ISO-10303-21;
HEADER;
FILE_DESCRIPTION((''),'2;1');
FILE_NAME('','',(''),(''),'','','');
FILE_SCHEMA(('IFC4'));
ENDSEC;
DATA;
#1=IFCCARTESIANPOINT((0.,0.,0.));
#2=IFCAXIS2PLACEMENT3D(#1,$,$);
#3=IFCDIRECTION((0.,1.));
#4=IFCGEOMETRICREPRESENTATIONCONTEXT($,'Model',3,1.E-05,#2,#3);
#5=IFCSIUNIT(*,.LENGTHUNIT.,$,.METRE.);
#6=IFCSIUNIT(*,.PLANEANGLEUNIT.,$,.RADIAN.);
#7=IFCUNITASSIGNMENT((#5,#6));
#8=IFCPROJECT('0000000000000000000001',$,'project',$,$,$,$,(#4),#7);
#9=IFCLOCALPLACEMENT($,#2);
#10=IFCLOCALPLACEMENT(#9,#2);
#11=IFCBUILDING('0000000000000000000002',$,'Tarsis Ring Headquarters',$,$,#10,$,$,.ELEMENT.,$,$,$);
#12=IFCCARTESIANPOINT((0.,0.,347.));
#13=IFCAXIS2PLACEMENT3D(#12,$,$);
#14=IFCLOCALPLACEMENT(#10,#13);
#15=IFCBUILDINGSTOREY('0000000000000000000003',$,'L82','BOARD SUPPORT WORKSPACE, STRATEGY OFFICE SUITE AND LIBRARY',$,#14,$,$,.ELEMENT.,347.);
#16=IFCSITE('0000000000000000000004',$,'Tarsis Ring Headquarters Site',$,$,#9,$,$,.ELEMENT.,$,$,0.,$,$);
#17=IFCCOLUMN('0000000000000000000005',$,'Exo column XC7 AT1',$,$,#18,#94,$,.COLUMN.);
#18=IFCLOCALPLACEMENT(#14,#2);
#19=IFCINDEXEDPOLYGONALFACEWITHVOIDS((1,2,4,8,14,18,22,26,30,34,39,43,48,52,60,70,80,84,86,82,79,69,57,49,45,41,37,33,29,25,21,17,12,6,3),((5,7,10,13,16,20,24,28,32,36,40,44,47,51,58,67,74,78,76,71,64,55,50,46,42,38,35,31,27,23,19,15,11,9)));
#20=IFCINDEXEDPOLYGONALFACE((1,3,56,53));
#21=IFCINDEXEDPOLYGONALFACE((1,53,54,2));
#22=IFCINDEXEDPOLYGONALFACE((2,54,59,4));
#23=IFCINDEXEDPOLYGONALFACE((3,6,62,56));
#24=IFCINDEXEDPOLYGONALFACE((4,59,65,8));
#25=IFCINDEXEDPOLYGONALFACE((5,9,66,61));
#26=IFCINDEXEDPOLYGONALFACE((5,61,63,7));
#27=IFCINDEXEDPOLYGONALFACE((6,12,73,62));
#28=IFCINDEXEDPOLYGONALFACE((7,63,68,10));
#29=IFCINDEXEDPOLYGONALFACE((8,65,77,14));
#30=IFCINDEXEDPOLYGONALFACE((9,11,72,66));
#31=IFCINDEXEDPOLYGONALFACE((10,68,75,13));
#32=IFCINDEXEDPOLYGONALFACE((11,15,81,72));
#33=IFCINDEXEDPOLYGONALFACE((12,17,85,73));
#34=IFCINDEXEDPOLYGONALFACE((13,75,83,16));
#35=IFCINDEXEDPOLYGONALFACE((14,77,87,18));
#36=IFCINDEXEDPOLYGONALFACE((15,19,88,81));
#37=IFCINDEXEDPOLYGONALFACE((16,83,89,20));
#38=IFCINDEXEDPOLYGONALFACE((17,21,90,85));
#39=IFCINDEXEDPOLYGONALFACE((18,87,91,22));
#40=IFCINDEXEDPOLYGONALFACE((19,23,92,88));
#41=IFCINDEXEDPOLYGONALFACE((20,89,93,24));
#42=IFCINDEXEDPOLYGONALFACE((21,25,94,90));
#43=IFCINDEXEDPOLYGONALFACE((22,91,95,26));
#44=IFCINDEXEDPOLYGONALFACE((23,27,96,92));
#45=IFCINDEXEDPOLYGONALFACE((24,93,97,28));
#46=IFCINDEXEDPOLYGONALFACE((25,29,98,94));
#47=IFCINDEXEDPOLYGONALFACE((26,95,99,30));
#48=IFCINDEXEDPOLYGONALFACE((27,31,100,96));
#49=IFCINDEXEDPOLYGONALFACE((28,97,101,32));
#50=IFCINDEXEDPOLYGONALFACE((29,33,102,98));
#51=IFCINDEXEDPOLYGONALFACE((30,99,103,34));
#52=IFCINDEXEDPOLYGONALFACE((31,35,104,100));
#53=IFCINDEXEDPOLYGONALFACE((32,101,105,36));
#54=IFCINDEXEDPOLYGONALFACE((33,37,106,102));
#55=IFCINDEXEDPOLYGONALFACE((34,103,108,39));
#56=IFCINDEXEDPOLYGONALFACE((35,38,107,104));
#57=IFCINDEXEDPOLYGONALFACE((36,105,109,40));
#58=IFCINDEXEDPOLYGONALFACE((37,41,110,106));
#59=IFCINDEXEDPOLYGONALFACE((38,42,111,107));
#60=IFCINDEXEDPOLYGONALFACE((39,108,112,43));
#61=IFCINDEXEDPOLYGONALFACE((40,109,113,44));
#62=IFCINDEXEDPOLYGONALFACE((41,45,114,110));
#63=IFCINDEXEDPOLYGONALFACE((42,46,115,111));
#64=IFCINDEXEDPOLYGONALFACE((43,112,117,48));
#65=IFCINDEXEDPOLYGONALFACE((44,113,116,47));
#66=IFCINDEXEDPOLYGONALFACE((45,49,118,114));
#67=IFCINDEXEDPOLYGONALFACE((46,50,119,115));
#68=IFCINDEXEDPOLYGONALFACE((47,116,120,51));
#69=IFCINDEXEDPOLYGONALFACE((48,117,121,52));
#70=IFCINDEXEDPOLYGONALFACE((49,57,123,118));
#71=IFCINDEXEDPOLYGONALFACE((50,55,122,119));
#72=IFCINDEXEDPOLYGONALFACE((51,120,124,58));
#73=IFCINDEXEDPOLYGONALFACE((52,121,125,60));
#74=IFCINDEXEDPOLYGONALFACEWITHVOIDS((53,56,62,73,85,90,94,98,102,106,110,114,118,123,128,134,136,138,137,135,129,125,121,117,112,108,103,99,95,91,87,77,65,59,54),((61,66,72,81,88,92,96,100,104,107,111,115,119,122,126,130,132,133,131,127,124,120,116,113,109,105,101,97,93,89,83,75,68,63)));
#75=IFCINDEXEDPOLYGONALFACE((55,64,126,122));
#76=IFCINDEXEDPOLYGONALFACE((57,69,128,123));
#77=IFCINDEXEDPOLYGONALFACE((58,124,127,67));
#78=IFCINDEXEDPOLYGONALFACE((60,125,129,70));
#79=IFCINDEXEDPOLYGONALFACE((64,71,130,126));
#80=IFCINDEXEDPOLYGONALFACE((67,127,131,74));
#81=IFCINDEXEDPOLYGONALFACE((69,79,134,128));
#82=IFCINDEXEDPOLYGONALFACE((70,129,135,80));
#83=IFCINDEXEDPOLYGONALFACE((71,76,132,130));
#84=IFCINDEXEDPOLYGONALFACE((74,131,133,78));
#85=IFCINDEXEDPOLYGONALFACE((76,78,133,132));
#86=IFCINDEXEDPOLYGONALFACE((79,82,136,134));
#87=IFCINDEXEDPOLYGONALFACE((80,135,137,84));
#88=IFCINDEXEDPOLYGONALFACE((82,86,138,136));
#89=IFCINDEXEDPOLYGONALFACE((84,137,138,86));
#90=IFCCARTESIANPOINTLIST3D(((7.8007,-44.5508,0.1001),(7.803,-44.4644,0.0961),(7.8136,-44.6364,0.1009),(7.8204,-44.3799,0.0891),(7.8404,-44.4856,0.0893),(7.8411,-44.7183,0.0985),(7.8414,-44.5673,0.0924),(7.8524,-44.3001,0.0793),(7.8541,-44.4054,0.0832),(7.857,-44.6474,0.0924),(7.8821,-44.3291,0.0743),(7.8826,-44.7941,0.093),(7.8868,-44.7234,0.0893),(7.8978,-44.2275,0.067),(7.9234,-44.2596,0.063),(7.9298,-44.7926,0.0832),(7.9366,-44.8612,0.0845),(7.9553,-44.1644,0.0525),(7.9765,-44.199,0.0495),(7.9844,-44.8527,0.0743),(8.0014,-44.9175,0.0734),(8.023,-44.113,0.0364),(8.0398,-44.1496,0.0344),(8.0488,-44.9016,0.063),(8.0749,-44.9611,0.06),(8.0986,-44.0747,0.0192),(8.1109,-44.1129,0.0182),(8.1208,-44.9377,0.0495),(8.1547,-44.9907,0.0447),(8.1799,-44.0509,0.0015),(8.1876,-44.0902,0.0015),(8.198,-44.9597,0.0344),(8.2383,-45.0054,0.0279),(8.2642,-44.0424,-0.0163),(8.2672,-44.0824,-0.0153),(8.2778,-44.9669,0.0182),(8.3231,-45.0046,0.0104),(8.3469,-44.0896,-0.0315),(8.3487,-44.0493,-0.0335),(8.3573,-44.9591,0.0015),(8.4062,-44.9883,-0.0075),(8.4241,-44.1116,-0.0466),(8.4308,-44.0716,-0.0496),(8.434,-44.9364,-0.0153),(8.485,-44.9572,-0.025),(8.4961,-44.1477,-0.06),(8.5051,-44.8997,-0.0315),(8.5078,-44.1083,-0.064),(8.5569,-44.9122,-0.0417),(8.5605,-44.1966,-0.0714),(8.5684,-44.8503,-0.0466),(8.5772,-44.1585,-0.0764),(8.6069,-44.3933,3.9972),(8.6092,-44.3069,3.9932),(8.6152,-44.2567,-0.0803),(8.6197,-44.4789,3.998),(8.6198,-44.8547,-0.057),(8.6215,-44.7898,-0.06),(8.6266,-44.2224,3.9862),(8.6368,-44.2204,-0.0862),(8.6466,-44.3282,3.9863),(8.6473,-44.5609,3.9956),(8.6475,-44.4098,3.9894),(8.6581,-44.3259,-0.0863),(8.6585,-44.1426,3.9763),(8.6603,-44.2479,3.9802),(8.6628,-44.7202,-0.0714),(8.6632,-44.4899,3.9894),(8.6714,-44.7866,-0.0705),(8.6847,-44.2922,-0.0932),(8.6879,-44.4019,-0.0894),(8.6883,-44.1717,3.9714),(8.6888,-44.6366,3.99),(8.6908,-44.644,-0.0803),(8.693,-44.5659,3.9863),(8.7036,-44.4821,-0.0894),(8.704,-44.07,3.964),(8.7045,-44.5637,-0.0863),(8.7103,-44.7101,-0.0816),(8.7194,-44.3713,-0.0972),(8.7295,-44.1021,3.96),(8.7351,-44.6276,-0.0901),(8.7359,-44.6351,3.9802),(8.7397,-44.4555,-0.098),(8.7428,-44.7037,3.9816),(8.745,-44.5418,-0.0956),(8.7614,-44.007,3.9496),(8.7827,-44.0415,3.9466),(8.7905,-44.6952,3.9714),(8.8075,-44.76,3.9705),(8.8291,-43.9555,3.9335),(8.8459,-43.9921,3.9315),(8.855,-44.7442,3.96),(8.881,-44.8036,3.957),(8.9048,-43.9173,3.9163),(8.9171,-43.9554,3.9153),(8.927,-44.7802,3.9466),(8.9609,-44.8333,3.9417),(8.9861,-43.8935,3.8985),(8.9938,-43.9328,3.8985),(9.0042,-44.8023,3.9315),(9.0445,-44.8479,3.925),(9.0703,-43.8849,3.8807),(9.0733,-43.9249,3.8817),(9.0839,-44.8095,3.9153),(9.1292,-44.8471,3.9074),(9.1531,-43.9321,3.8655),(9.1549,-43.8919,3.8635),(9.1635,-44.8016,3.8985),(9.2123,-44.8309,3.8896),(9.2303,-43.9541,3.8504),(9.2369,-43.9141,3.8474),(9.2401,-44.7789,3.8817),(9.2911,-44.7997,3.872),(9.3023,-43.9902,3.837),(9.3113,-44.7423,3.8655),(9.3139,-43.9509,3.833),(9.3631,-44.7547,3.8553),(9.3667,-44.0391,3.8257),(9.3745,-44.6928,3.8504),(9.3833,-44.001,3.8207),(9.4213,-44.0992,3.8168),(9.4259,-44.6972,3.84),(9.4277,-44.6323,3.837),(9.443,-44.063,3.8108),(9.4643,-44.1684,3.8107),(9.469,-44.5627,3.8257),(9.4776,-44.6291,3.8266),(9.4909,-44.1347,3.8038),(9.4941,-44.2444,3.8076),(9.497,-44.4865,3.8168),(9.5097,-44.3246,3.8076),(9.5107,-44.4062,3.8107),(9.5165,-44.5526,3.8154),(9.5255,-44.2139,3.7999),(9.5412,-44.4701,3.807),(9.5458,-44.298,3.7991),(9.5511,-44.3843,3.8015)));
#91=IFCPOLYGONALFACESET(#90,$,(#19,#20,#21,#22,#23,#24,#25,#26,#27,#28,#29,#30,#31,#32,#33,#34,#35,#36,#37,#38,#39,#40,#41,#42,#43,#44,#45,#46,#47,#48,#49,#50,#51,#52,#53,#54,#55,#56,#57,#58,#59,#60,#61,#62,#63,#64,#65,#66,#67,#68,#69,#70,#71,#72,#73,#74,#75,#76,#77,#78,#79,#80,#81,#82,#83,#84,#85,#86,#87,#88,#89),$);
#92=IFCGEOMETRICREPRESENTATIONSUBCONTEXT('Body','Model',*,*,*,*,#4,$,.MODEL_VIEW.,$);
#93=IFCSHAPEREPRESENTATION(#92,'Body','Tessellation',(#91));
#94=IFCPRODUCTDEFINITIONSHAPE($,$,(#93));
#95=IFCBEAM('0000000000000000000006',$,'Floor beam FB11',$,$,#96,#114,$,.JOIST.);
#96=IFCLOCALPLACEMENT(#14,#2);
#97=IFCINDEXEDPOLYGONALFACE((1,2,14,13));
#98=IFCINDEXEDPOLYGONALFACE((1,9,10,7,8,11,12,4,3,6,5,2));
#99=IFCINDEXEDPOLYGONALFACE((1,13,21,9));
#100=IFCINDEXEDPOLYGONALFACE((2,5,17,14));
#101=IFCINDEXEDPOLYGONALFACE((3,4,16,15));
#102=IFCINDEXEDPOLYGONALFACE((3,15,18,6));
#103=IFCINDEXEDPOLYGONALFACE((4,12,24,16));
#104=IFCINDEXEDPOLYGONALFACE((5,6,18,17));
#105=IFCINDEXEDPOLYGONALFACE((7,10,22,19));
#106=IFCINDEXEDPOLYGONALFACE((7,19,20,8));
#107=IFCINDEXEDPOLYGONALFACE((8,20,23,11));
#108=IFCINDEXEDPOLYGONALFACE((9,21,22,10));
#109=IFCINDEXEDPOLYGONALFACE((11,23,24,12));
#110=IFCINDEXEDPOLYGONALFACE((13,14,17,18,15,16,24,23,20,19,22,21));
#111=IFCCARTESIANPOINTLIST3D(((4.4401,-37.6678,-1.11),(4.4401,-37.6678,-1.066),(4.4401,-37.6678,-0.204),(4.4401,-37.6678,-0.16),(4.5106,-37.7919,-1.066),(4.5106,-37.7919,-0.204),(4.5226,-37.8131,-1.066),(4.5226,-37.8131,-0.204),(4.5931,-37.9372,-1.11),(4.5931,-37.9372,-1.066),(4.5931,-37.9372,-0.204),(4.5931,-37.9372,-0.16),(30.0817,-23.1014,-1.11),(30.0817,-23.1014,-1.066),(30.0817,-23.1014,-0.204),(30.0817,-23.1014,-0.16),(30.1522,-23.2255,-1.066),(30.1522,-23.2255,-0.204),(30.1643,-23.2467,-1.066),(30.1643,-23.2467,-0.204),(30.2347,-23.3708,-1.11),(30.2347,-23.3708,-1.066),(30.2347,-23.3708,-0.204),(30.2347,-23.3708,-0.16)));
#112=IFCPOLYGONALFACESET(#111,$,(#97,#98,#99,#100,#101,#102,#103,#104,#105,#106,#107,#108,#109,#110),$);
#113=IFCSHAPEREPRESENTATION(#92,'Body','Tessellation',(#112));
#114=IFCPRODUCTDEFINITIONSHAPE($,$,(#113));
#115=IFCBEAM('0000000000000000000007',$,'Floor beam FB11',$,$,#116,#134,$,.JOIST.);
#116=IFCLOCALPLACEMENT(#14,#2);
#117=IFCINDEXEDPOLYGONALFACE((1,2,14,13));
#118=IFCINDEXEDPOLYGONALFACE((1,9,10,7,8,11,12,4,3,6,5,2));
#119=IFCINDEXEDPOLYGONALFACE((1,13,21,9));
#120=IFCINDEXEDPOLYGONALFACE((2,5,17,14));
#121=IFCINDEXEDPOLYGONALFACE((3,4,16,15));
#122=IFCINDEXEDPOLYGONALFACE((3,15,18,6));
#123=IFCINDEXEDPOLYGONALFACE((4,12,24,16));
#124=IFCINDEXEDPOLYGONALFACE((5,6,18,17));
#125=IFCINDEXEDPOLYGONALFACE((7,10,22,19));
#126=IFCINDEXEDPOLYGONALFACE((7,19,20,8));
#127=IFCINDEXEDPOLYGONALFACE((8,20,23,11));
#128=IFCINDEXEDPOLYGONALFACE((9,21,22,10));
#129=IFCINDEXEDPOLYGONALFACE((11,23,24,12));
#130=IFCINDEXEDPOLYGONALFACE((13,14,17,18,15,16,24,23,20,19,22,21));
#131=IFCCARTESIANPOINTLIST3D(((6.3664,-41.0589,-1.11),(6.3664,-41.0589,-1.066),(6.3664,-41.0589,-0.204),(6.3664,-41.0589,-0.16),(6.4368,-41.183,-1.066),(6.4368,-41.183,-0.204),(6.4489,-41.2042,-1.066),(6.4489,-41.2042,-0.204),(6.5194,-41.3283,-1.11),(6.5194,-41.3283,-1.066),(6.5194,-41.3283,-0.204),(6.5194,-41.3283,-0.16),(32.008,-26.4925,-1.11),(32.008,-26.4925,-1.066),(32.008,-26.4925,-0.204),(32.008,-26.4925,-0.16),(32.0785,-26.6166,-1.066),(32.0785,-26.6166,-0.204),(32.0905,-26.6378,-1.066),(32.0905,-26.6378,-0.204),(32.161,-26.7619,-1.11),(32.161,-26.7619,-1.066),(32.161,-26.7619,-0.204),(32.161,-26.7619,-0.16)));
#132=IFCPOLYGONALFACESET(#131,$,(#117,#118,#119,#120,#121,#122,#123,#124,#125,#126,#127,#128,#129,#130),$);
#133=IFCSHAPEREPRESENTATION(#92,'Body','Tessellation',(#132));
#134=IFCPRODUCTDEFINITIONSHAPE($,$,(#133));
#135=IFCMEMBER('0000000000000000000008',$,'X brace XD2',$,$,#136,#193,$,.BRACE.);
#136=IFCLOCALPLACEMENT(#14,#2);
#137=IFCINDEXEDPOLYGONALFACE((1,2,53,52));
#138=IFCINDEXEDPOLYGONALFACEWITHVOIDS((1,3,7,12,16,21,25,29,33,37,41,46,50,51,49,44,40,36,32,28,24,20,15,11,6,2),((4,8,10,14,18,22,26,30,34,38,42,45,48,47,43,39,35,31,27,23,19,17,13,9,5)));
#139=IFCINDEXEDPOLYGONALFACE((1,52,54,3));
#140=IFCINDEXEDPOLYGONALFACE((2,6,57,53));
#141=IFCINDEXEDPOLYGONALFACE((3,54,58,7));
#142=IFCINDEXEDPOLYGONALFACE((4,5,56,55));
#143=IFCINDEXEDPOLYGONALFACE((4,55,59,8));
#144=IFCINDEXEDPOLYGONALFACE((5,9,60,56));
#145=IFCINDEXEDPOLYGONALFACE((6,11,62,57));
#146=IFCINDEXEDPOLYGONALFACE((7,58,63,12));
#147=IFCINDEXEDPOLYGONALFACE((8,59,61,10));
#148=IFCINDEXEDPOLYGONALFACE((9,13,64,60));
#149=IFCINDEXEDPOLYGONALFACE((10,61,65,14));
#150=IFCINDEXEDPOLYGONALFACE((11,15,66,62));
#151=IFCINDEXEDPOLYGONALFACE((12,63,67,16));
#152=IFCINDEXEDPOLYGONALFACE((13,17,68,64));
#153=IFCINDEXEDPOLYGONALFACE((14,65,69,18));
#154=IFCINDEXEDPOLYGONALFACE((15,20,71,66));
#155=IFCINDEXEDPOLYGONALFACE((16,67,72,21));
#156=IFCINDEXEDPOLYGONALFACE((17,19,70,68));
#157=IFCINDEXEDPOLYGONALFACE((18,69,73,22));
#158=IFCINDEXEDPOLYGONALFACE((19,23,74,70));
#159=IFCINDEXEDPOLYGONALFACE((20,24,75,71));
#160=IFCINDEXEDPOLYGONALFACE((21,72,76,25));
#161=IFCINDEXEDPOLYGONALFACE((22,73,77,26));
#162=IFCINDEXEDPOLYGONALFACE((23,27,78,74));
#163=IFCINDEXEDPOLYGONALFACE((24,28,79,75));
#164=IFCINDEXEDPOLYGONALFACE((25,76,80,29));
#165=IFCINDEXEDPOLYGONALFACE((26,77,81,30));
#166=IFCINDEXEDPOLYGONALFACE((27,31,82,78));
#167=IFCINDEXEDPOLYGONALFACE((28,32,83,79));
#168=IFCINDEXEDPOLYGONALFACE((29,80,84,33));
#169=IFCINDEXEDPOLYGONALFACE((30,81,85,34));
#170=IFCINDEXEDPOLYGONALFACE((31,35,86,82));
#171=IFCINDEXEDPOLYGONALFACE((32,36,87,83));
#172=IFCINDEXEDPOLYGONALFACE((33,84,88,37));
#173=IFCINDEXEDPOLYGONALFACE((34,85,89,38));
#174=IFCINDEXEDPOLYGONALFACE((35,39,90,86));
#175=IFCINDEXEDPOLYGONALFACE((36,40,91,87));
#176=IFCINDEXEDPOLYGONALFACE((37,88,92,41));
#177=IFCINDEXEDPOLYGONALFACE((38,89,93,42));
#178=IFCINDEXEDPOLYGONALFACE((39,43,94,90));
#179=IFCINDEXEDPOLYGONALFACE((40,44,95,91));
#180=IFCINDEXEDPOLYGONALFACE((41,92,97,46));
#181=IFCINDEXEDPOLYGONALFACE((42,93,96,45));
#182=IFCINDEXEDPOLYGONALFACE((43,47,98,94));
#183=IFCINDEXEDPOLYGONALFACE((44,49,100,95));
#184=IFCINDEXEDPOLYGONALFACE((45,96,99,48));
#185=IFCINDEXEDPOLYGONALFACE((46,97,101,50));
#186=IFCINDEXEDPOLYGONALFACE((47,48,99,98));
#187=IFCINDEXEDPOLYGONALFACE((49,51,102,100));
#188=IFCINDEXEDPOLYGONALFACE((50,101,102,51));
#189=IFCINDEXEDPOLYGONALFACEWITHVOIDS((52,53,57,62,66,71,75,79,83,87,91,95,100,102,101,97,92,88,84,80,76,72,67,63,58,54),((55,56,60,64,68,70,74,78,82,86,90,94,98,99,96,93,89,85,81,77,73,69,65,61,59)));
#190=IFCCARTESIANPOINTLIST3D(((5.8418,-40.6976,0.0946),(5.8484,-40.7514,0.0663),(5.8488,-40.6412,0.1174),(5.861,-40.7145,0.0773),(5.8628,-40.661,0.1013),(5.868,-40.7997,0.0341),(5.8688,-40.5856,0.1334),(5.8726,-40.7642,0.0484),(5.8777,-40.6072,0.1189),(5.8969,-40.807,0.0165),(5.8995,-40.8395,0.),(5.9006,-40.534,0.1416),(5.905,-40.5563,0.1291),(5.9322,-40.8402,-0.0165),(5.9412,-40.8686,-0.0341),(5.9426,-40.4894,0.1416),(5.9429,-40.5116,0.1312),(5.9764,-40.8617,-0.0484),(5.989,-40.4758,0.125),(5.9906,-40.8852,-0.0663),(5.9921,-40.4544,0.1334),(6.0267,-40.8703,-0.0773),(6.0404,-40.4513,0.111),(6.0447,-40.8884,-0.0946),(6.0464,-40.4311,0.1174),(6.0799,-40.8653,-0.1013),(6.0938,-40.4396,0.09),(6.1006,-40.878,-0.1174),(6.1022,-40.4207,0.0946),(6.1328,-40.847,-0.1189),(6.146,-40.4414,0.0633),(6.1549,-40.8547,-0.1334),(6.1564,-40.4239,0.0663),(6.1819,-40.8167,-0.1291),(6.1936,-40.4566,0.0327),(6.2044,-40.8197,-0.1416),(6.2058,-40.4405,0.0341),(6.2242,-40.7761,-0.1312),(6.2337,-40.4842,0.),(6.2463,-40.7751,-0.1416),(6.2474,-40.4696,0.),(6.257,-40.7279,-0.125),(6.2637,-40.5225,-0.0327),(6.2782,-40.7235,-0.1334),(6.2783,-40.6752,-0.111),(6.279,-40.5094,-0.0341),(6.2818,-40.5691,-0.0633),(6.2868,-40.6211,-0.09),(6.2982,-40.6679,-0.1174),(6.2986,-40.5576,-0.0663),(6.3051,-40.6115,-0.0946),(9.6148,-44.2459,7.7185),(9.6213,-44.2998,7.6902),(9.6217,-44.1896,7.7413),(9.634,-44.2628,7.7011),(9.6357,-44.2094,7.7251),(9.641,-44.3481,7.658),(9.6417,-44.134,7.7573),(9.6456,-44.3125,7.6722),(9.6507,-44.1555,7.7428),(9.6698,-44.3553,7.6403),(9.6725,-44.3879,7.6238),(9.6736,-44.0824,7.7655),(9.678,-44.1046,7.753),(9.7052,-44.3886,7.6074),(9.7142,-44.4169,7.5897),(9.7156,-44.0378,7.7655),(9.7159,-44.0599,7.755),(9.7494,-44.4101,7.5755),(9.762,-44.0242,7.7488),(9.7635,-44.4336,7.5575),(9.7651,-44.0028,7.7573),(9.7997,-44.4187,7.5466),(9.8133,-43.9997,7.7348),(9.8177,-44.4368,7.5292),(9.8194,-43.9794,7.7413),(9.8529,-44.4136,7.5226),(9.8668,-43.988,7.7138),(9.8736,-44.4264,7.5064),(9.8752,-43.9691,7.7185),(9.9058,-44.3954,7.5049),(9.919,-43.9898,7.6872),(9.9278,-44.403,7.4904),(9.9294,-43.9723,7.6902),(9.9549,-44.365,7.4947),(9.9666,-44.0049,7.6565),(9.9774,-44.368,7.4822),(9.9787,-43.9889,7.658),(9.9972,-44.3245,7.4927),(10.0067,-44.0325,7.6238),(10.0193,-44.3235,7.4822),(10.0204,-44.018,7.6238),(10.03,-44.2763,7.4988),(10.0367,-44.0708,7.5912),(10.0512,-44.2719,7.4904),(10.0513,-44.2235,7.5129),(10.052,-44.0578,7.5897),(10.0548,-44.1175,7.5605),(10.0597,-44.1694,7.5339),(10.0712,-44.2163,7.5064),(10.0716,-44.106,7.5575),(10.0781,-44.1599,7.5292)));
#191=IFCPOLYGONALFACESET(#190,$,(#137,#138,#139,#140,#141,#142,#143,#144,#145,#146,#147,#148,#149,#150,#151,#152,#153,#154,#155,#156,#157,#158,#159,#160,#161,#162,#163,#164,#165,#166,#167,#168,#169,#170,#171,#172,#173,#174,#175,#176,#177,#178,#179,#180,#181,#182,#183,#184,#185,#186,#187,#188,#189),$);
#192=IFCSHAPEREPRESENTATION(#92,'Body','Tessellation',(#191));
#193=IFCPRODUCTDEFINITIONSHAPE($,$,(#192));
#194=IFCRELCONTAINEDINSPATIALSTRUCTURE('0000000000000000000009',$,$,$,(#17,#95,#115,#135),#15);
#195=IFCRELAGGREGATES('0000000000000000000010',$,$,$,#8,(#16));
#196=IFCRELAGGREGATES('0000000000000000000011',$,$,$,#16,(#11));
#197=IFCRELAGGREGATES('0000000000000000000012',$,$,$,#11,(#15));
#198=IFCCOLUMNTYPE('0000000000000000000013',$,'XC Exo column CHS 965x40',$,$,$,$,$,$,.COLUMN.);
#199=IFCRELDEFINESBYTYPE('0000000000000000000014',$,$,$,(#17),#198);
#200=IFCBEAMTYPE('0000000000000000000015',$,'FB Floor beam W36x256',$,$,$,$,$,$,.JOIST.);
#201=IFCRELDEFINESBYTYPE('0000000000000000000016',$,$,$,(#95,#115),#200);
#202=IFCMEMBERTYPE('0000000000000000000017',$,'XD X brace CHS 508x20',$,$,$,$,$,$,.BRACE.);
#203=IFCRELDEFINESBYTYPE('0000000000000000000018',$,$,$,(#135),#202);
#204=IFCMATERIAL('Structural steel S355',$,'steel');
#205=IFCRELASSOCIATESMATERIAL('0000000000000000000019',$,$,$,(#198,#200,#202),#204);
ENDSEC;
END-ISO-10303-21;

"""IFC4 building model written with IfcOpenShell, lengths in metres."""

from ifc_helpers import new_model, si_unit, direction, frame, origin, origin_2d, place, context, subcontext, project, spatial, hollow_circle, i_section, extrude, material, material_profile, profile_set, type_object, element, save


model = new_model("IFC4")

# Units and contexts
model_context = context("Model", 3, precision=1e-05, world=origin(), true_north=direction((0.0, 1.0)))
body_context = subcontext(model_context, "Body", "Model", "MODEL_VIEW")
ifc_project = project(units=[si_unit("LENGTHUNIT", "METRE"), si_unit("PLANEANGLEUNIT", "RADIAN")], contexts=[model_context])

# Site, building, storey
site_placement = place(None, origin())
site = spatial("IfcSite", under=ifc_project, at=site_placement, Name="Tarsis Ring Headquarters Site", CompositionType="ELEMENT", RefElevation=0.0)
building_placement = place(site_placement, origin())
building = spatial("IfcBuilding", under=site, at=building_placement, Name="Tarsis Ring Headquarters", CompositionType="ELEMENT")
storey_placement = place(building_placement, frame((0.0, 0.0, 347.0)))
storey = spatial("IfcBuildingStorey", under=building, at=storey_placement, Name="L82", Description="BOARD SUPPORT WORKSPACE, STRATEGY OFFICE SUITE AND LIBRARY", CompositionType="ELEMENT", Elevation=347.0)

# Column
ifc_material_1 = material(Name="Structural steel S355", Category="steel")
ifc_material_profile_1 = material_profile(ifc_material_1, hollow_circle(Radius=0.4827, WallThickness=0.04, at=origin_2d()), Name="CHS 965x40")
ifc_profile_set_1 = profile_set([ifc_material_profile_1], Name="Structural steel S355")
column_type = type_object("IfcColumnType", Name="XC Exo column CHS 965x40", PredefinedType="COLUMN", material=ifc_profile_set_1)
column_placement = place(storey_placement, frame((8.2725, -44.5247, 0.0015), z_axis=(0.202419, 0.03954, 0.978501), x_axis=(-0.191713, 0.981451, 0.0)))
element("IfcColumn", 1, at=column_placement, inside=storey, type_object=column_type, Name="Exo column XC7 AT1", PredefinedType="COLUMN", context=body_context, shape_type="SweptSolid", body=[
    extrude(hollow_circle(Radius=0.4827, WallThickness=0.04, at=origin_2d()), origin(), (0.0, 0.0, 1.0), 3.9827),
])

# Beams
ifc_material_profile_2 = material_profile(ifc_material_1, i_section(OverallWidth=0.3098, OverallDepth=0.95, WebThickness=0.0244, FlangeThickness=0.0439, at=origin_2d()), Name="W36x256")
ifc_profile_set_2 = profile_set([ifc_material_profile_2], Name="Structural steel S355")
beam_type_1 = type_object("IfcBeamType", Name="FB Floor beam W36x256", PredefinedType="JOIST", material=ifc_profile_set_2)
for number, where, z_axis, x_axis, name in (
    (2, (4.5166, -37.8025, -0.635), (0.869496, 0.493941, 0.0), (-0.493941, 0.869496, 0.0), "Floor beam FB11"),
    (3, (6.4429, -41.1936, -0.635), (0.869496, 0.493941, 0.0), (-0.493941, 0.869496, 0.0), "Floor beam FB11"),
):
    element("IfcBeam", number, at=place(storey_placement, frame(where, z_axis=z_axis, x_axis=x_axis)), inside=storey, type_object=beam_type_1, Name=name, PredefinedType="JOIST", context=body_context, shape_type="SweptSolid", body=[
        extrude(i_section(OverallWidth=0.3098, OverallDepth=0.95, WebThickness=0.0244, FlangeThickness=0.0439, at=origin_2d()), origin(), (0.0, 0.0, 1.0), 29.4902),
    ])

# Member
ifc_material_profile_3 = material_profile(ifc_material_1, hollow_circle(Radius=0.2539, WallThickness=0.02, at=origin_2d()), Name="CHS 508x20")
ifc_profile_set_3 = profile_set([ifc_material_profile_3], Name="Structural steel S355")
member_type = type_object("IfcMemberType", Name="XD X brace CHS 508x20", PredefinedType="BRACE", material=ifc_profile_set_3)
member_1_placement = place(storey_placement, frame((6.0735, -40.6545, 0.0), z_axis=(0.409359, -0.38499, 0.827169), x_axis=(0.685091, 0.728457, 0.0)))
element("IfcMember", 4, at=member_1_placement, inside=storey, type_object=member_type, Name="X brace XD2", PredefinedType="BRACE", context=body_context, shape_type="SweptSolid", body=[
    extrude(hollow_circle(Radius=0.2539, WallThickness=0.02, at=origin_2d()), origin(), (0.0, 0.0, 1.0), 9.2168),
])

save(model, "model.ifc")
